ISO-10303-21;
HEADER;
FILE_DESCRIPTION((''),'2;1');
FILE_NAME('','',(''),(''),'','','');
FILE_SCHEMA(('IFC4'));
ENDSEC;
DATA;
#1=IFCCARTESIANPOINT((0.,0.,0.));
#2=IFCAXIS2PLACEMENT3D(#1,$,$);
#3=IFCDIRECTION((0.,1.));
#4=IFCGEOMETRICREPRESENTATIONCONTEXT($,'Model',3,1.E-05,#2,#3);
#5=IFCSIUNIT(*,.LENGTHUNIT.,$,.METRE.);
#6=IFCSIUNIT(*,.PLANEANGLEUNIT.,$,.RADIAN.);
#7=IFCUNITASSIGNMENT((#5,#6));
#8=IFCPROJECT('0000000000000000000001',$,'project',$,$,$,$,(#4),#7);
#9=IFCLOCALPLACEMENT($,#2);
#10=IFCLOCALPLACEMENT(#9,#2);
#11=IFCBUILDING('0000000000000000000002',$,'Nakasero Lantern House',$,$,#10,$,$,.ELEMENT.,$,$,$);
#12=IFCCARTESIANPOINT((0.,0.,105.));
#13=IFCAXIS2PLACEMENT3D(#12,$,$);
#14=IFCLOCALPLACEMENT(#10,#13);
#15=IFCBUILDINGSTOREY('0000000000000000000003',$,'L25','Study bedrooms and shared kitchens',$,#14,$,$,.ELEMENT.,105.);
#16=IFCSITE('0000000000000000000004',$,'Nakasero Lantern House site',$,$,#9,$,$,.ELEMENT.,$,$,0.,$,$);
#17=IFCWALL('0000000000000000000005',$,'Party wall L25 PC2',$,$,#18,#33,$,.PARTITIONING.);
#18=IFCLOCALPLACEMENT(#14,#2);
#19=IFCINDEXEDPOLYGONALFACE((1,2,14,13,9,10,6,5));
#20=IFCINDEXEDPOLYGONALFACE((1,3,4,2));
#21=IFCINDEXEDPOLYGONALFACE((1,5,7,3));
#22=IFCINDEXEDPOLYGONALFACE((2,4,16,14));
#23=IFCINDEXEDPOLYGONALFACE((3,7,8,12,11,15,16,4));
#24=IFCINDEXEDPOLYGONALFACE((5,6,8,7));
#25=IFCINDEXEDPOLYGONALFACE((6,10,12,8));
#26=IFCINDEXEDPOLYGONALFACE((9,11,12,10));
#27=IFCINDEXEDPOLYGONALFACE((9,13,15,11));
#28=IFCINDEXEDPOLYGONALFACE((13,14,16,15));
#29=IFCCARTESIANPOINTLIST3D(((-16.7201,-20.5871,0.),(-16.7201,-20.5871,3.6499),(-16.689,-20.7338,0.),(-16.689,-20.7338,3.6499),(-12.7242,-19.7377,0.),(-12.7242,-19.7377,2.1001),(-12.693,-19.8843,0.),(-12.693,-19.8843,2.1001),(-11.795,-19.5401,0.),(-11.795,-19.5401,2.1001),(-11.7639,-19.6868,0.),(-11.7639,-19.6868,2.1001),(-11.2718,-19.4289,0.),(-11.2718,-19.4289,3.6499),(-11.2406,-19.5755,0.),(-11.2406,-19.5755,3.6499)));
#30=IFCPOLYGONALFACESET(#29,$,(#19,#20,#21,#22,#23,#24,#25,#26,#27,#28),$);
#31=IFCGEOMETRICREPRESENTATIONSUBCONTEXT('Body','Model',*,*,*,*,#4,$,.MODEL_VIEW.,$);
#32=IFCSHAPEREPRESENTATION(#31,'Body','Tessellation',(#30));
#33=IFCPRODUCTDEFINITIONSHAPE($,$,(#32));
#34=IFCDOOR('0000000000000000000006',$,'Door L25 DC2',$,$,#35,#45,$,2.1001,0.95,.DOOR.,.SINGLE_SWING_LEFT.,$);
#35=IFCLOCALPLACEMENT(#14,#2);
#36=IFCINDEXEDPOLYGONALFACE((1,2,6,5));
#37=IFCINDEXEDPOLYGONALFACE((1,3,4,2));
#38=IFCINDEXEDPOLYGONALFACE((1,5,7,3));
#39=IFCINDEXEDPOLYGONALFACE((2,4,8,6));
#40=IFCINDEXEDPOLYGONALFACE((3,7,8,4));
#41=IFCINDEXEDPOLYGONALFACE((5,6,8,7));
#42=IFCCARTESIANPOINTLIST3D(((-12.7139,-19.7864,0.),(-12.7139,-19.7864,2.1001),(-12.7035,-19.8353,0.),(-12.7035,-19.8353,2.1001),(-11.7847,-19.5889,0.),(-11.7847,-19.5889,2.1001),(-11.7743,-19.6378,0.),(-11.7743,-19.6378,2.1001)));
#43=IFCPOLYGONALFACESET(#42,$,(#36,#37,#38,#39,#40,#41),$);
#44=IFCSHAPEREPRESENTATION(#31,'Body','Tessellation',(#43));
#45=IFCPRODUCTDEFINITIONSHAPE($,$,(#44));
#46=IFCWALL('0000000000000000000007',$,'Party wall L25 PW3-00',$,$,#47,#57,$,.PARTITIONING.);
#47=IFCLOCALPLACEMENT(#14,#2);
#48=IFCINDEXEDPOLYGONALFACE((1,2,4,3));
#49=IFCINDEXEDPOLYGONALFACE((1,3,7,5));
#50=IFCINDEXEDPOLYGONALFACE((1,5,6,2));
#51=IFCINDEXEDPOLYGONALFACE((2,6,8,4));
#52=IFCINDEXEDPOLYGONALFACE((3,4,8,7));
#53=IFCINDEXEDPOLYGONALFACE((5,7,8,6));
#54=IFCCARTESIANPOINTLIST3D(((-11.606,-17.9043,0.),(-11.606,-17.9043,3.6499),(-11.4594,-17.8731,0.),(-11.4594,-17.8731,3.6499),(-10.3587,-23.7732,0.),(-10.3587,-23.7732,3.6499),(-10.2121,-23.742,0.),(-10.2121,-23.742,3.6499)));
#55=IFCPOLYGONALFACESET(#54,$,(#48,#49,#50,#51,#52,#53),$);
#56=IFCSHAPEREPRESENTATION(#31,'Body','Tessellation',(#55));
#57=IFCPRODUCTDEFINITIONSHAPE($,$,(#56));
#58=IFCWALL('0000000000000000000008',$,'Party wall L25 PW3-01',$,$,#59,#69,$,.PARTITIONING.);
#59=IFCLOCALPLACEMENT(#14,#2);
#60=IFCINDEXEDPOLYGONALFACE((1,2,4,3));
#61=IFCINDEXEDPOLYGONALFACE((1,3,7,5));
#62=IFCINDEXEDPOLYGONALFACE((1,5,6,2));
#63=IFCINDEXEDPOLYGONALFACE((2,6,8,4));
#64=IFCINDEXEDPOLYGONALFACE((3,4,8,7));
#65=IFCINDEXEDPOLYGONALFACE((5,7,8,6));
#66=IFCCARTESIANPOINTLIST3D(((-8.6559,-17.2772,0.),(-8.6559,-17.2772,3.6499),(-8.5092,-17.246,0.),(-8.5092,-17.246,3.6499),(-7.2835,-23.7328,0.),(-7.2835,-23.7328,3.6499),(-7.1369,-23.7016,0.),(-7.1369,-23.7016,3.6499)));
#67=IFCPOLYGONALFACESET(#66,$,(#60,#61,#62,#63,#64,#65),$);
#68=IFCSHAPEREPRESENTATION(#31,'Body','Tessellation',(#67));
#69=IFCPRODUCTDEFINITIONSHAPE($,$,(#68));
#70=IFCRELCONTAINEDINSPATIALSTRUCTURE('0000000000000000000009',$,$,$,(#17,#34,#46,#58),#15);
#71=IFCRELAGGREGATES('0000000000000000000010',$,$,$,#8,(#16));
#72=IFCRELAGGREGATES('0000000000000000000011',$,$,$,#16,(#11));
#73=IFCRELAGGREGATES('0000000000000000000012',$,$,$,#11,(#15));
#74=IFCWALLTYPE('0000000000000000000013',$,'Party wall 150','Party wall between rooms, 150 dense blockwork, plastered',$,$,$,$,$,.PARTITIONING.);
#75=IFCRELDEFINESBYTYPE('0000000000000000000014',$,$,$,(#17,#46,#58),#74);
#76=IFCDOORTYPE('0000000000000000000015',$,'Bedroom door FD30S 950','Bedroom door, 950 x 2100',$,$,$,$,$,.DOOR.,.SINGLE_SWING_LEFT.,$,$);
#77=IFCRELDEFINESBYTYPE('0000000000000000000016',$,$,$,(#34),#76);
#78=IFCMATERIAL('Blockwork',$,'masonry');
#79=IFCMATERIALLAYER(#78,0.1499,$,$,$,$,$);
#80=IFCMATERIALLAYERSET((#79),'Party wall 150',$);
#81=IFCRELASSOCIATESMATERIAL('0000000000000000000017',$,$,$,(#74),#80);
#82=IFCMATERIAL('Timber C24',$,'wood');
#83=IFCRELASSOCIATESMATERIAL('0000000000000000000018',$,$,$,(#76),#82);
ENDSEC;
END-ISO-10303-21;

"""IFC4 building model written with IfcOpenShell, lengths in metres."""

from ifc_helpers import new_model, si_unit, direction, frame, frame_2d, origin, place, context, subcontext, project, spatial, rectangle, extrude, material, layer, layer_set, type_object, element, fill, save


model = new_model("IFC4")

# Units and contexts
model_context = context("Model", 3, precision=1e-05, world=origin(), true_north=direction((0.0, 1.0)))
body_context = subcontext(model_context, "Body", "Model", "MODEL_VIEW")
ifc_project = project(units=[si_unit("LENGTHUNIT", "METRE"), si_unit("PLANEANGLEUNIT", "RADIAN")], contexts=[model_context])

# Site, building, storey
site_placement = place(None, origin())
site = spatial("IfcSite", under=ifc_project, at=site_placement, Name="Nakasero Lantern House site", CompositionType="ELEMENT", RefElevation=0.0)
building_placement = place(site_placement, origin())
building = spatial("IfcBuilding", under=site, at=building_placement, Name="Nakasero Lantern House", CompositionType="ELEMENT")
storey_placement = place(building_placement, frame((0.0, 0.0, 105.0)))
storey = spatial("IfcBuildingStorey", under=building, at=storey_placement, Name="L25", Description="Study bedrooms and shared kitchens", CompositionType="ELEMENT", Elevation=105.0)

# Wall, opening, door
ifc_material_1 = material(Name="Blockwork", Category="masonry")
ifc_layer_1 = layer(ifc_material_1, 0.1499)
ifc_layer_set_1 = layer_set([ifc_layer_1], Name="Party wall 150")
wall_type_1 = type_object("IfcWallType", Name="Party wall 150", Description="Party wall between rooms, 150 dense blockwork, plastered", PredefinedType="PARTITIONING", material=ifc_layer_set_1)
wall_1_placement = place(storey_placement, frame((-11.2561, -19.5022, 0.0), z_axis=(0.0, 0.0, 1.0), x_axis=(-0.978142, -0.207936, 0.0)))
wall_1 = element("IfcWall", 1, at=wall_1_placement, inside=storey, type_object=wall_type_1, Name="Party wall L25 PC2", PredefinedType="PARTITIONING", context=body_context, shape_type="SweptSolid", body=[
    extrude(rectangle(XDim=5.5701, YDim=0.1499, at=frame_2d((2.7852, 0.0))), origin(), (0.0, 0.0, 1.0), 3.6499),
])
opening_1_placement = place(wall_1_placement, frame((0.5349, 0.0, 0.0)))
opening_1 = element("IfcOpeningElement", 2, at=opening_1_placement, cuts=wall_1, PredefinedType="OPENING", context=body_context, shape_type="SweptSolid", body=[
    extrude(rectangle(XDim=0.95, YDim=2.1001, at=frame_2d((0.4751, 1.05))), frame((0.0, 0.095, 0.0), z_axis=(0.0, -1.0, 0.0), x_axis=(1.0, 0.0, 0.0)), (0.0, 0.0, 1.0), 0.1899),
])
ifc_material_2 = material(Name="Timber C24", Category="wood")
door_type_1 = type_object("IfcDoorType", Name="Bedroom door FD30S 950", Description="Bedroom door, 950 x 2100", OperationType="SINGLE_SWING_LEFT", PredefinedType="DOOR", material=ifc_material_2)
door_1_placement = place(opening_1_placement, origin())
door_1 = element("IfcDoor", 3, at=door_1_placement, inside=storey, type_object=door_type_1, Name="Door L25 DC2", OperationType="SINGLE_SWING_LEFT", OverallHeight=2.1001, OverallWidth=0.95, PredefinedType="DOOR", context=body_context, shape_type="SweptSolid", body=[
    extrude(rectangle(XDim=0.95, YDim=2.1001, at=frame_2d((0.4751, 1.05))), frame((0.0, 0.0249, 0.0), z_axis=(0.0, -1.0, 0.0), x_axis=(1.0, 0.0, 0.0)), (0.0, 0.0, 1.0), 0.05),
])
fill(opening_1, door_1)

# Walls
wall_2_placement = place(storey_placement, frame((-11.5327, -17.8887, 0.0), z_axis=(0.0, 0.0, 1.0), x_axis=(0.207886, -0.978153, 0.0)))
element("IfcWall", 4, at=wall_2_placement, inside=storey, type_object=wall_type_1, Name="Party wall L25 PW3-00", PredefinedType="PARTITIONING", context=body_context, shape_type="SweptSolid", body=[
    extrude(rectangle(XDim=6.0, YDim=0.1499, at=frame_2d((3.0, 0.0))), origin(), (0.0, 0.0, 1.0), 3.6499),
])
wall_3_placement = place(storey_placement, frame((-8.5825, -17.2617, 0.0), z_axis=(0.0, 0.0, 1.0), x_axis=(0.207932, -0.978143, 0.0)))
element("IfcWall", 5, at=wall_3_placement, inside=storey, type_object=wall_type_1, Name="Party wall L25 PW3-01", PredefinedType="PARTITIONING", context=body_context, shape_type="SweptSolid", body=[
    extrude(rectangle(XDim=6.5999, YDim=0.1499, at=frame_2d((3.2998, 0.0))), origin(), (0.0, 0.0, 1.0), 3.6499),
])

save(model, "model.ifc")
